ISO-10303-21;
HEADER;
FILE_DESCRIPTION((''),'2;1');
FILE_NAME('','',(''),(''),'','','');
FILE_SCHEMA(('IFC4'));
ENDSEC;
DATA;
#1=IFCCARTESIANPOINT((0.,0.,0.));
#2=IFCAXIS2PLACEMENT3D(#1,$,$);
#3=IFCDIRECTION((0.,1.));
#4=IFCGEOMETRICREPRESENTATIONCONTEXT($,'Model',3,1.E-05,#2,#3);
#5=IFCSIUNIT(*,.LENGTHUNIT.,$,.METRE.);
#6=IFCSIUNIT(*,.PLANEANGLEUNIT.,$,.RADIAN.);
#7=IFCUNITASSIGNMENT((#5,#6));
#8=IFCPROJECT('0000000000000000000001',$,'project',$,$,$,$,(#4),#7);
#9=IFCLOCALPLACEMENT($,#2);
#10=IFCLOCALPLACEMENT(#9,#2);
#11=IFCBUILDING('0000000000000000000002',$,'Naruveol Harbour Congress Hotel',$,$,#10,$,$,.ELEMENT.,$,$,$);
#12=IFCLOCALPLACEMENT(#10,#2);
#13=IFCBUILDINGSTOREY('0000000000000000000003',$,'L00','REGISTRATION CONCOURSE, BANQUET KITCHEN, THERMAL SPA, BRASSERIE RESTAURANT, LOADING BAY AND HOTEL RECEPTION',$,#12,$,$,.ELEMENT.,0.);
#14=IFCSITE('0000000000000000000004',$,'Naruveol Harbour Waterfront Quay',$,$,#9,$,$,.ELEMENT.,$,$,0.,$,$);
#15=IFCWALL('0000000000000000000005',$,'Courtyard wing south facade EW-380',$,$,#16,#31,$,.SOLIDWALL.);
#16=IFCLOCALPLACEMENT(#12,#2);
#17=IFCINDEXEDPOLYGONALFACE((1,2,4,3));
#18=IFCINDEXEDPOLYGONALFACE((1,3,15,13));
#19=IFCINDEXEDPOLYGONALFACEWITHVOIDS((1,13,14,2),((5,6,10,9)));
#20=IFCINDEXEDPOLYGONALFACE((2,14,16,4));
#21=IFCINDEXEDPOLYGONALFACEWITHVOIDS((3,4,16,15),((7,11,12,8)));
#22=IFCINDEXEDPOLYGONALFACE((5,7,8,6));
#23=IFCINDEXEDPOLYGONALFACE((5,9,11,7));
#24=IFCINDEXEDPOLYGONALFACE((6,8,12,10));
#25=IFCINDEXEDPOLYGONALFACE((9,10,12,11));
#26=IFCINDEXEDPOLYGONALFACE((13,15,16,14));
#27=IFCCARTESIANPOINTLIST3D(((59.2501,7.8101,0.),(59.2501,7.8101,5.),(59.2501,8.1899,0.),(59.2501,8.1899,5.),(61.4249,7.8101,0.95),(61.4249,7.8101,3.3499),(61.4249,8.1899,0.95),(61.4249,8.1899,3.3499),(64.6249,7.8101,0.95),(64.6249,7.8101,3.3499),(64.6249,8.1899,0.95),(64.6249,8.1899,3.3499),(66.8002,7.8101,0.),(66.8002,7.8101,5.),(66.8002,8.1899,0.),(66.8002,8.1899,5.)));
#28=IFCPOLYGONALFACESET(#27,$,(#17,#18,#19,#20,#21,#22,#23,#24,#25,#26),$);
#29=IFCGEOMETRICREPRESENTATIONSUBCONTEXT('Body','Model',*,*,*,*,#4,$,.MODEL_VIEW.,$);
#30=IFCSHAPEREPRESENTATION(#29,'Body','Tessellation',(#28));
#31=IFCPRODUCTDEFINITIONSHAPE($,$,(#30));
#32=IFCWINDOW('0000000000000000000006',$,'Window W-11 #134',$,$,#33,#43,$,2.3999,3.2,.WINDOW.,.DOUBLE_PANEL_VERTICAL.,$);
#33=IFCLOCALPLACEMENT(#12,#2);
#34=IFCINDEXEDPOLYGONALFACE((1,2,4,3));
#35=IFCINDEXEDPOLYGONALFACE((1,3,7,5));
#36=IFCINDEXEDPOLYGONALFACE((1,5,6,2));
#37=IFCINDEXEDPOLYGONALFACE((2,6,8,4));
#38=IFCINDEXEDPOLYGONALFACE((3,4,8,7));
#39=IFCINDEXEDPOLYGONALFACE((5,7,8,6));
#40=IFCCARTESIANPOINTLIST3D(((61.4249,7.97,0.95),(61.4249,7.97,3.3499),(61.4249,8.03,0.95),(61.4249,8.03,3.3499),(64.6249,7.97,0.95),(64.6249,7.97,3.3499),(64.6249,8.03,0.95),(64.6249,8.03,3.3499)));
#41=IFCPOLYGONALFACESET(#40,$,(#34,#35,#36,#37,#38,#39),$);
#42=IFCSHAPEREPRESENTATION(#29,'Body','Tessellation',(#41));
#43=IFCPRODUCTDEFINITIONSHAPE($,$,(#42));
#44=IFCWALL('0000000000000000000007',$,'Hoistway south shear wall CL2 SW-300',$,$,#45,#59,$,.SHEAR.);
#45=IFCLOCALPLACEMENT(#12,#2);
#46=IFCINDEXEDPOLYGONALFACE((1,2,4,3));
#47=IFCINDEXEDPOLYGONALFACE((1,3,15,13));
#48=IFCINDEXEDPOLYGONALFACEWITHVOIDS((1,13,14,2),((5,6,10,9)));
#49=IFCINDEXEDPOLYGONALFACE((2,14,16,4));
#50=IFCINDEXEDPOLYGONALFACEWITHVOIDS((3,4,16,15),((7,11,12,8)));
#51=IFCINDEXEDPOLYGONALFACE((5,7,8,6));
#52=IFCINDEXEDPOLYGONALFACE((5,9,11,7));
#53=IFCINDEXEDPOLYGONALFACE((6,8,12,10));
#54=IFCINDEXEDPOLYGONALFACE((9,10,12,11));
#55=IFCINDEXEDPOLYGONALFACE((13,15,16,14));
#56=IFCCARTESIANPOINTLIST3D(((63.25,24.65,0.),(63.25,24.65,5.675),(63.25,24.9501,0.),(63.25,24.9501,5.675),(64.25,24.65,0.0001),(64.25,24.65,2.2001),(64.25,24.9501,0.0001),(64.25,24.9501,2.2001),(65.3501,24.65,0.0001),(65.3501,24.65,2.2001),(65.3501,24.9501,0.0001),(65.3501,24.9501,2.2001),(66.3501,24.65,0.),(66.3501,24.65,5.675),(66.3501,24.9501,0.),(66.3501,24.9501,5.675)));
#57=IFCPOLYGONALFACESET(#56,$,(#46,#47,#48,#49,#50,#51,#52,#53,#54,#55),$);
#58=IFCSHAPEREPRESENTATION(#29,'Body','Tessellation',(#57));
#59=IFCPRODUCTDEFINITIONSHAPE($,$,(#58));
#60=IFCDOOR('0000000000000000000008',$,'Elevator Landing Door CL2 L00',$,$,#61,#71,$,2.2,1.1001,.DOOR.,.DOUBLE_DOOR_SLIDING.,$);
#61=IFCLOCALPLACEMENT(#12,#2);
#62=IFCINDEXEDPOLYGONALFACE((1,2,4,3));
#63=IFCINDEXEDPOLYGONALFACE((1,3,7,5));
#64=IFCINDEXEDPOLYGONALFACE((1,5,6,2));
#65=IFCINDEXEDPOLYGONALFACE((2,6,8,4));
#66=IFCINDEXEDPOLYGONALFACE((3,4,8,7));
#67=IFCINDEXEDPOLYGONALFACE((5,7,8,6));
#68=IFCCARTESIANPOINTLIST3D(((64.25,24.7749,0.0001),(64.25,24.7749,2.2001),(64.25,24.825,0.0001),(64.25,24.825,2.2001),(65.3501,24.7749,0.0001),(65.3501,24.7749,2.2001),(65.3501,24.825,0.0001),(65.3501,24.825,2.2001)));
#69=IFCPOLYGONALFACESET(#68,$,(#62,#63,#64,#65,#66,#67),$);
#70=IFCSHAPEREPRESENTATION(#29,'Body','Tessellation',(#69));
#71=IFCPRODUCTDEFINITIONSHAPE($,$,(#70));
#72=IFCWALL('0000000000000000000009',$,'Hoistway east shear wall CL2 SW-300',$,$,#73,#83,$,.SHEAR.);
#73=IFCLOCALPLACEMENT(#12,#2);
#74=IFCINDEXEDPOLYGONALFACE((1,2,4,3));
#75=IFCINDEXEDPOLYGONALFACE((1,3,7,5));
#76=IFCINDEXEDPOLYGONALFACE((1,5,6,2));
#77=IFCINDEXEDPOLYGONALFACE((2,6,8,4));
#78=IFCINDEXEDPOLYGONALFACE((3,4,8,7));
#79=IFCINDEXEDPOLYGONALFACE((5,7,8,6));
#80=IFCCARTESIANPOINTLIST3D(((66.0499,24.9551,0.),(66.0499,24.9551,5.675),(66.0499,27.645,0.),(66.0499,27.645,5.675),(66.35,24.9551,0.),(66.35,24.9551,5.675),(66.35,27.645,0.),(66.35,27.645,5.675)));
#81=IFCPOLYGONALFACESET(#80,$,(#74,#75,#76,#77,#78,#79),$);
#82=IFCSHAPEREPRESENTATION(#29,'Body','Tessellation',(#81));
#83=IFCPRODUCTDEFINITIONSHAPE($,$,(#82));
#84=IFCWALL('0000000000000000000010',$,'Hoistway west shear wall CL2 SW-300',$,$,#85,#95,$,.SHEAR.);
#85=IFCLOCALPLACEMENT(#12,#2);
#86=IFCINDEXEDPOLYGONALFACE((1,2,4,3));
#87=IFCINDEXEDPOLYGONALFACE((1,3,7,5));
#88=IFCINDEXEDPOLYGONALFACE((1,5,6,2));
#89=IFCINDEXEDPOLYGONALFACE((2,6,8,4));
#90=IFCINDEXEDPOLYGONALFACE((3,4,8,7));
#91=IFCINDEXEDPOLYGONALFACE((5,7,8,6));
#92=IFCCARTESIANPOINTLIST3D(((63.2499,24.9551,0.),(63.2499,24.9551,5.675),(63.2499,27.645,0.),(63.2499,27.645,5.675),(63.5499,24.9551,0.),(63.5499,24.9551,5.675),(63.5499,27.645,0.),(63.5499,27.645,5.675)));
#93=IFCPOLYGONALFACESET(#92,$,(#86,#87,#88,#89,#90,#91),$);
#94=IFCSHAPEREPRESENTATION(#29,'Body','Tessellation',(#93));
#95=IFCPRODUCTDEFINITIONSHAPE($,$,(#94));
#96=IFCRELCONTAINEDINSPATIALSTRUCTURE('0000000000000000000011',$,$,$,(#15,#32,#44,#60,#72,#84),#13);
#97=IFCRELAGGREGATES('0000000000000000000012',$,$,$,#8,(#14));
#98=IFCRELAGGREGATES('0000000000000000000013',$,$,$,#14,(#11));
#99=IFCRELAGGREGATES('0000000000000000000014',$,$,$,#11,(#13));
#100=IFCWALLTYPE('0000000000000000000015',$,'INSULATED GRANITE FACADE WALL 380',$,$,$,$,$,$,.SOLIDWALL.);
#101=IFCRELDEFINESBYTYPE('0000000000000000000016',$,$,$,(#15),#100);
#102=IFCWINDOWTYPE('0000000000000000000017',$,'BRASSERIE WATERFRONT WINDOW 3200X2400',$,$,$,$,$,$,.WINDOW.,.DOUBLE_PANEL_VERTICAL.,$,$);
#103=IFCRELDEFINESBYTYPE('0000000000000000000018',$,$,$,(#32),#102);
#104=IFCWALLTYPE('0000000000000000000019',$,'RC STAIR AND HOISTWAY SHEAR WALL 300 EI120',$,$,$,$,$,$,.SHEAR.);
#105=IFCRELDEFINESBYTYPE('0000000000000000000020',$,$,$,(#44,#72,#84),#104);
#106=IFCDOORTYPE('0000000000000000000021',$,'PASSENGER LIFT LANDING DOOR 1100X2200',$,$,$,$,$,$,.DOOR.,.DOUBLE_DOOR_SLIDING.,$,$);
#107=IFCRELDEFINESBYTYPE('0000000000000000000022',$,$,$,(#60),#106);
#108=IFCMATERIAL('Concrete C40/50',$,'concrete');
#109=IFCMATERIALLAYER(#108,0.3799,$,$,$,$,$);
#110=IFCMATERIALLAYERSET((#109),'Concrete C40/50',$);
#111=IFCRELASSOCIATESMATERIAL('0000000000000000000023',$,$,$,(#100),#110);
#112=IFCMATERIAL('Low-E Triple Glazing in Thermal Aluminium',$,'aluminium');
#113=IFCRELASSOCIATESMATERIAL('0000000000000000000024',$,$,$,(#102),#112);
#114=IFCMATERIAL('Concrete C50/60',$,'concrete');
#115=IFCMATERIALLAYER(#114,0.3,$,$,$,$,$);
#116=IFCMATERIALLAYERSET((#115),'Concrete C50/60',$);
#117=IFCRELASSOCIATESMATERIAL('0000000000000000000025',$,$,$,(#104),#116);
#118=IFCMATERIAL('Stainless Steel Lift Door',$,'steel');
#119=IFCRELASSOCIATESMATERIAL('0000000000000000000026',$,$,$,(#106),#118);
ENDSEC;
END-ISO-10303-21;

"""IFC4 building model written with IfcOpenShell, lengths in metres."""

from ifc_helpers import new_model, si_unit, direction, frame, frame_2d, origin, place, context, subcontext, project, spatial, rectangle, extrude, material, layer, layer_set, type_object, element, fill, save


model = new_model("IFC4")

# Units and contexts
model_context = context("Model", 3, precision=1e-05, world=origin(), true_north=direction((0.0, 1.0)))
body_context = subcontext(model_context, "Body", "Model", "MODEL_VIEW")
ifc_project = project(units=[si_unit("LENGTHUNIT", "METRE"), si_unit("PLANEANGLEUNIT", "RADIAN")], contexts=[model_context])

# Site, building, storey
site_placement = place(None, origin())
site = spatial("IfcSite", under=ifc_project, at=site_placement, Name="Naruveol Harbour Waterfront Quay", CompositionType="ELEMENT", RefElevation=0.0)
building_placement = place(site_placement, origin())
building = spatial("IfcBuilding", under=site, at=building_placement, Name="Naruveol Harbour Congress Hotel", CompositionType="ELEMENT")
storey_placement = place(building_placement, origin())
storey = spatial("IfcBuildingStorey", under=building, at=storey_placement, Name="L00", Description="REGISTRATION CONCOURSE, BANQUET KITCHEN, THERMAL SPA, BRASSERIE RESTAURANT, LOADING BAY AND HOTEL RECEPTION", CompositionType="ELEMENT", Elevation=0.0)

# Shared definitions
ifc_material_1 = material(Name="Concrete C40/50", Category="concrete")
ifc_layer_1 = layer(ifc_material_1, 0.3799)
ifc_layer_set_1 = layer_set([ifc_layer_1], Name="Concrete C40/50")
wall_type_1 = type_object("IfcWallType", Name="INSULATED GRANITE FACADE WALL 380", PredefinedType="SOLIDWALL", material=ifc_layer_set_1)

# Wall, opening, window
wall_1_placement = place(storey_placement, frame((66.8, 8.0, 0.0), z_axis=(0.0, 0.0, 1.0), x_axis=(-1.0, 0.0, 0.0)))
wall_1 = element("IfcWall", 1, at=wall_1_placement, inside=storey, type_object=wall_type_1, Name="Courtyard wing south facade EW-380", PredefinedType="SOLIDWALL", context=body_context, shape_type="SweptSolid", body=[
    extrude(rectangle(XDim=7.55, YDim=0.3799, at=frame_2d((3.7749, 0.0))), origin(), (0.0, 0.0, 1.0), 5.0),
])
opening_1_placement = place(wall_1_placement, frame((2.175, 0.0, 0.95)))
opening_1 = element("IfcOpeningElement", 2, at=opening_1_placement, cuts=wall_1, PredefinedType="OPENING", context=body_context, shape_type="SweptSolid", body=[
    extrude(rectangle(XDim=3.2, YDim=2.3999, at=frame_2d((1.6001, 1.2))), frame((0.0, 0.2, 0.0), z_axis=(0.0, -1.0, 0.0), x_axis=(1.0, 0.0, 0.0)), (0.0, 0.0, 1.0), 0.3999),
])
ifc_material_2 = material(Name="Low-E Triple Glazing in Thermal Aluminium", Category="aluminium")
window_type = type_object("IfcWindowType", Name="BRASSERIE WATERFRONT WINDOW 3200X2400", PartitioningType="DOUBLE_PANEL_VERTICAL", PredefinedType="WINDOW", material=ifc_material_2)
window_placement = place(opening_1_placement, origin())
window = element("IfcWindow", 3, at=window_placement, inside=storey, type_object=window_type, Name="Window W-11 #134", OverallHeight=2.3999, OverallWidth=3.2, PartitioningType="DOUBLE_PANEL_VERTICAL", PredefinedType="WINDOW", context=body_context, shape_type="SweptSolid", body=[
    extrude(rectangle(XDim=3.2, YDim=2.3999, at=frame_2d((1.6001, 1.2))), frame((0.0, 0.03, 0.0), z_axis=(0.0, -1.0, 0.0), x_axis=(1.0, 0.0, 0.0)), (0.0, 0.0, 1.0), 0.0601),
])
fill(opening_1, window)

# Wall, opening, door
ifc_material_3 = material(Name="Concrete C50/60", Category="concrete")
ifc_layer_2 = layer(ifc_material_3, 0.3)
ifc_layer_set_2 = layer_set([ifc_layer_2], Name="Concrete C50/60")
wall_type_2 = type_object("IfcWallType", Name="RC STAIR AND HOISTWAY SHEAR WALL 300 EI120", PredefinedType="SHEAR", material=ifc_layer_set_2)
wall_2_placement = place(storey_placement, frame((63.25, 24.8, 0.0), z_axis=(0.0, 0.0, 1.0), x_axis=(1.0, 0.0, 0.0)))
wall_2 = element("IfcWall", 4, at=wall_2_placement, inside=storey, type_object=wall_type_2, Name="Hoistway south shear wall CL2 SW-300", PredefinedType="SHEAR", context=body_context, shape_type="SweptSolid", body=[
    extrude(rectangle(XDim=3.1001, YDim=0.3, at=frame_2d((1.55, 0.0))), origin(), (0.0, 0.0, 1.0), 5.675),
])
opening_2_placement = place(wall_2_placement, frame((1.0, 0.0, 0.0)))
opening_2 = element("IfcOpeningElement", 5, at=opening_2_placement, cuts=wall_2, PredefinedType="OPENING", context=body_context, shape_type="SweptSolid", body=[
    extrude(rectangle(XDim=1.1001, YDim=2.2, at=frame_2d((0.55, 1.1001))), frame((0.0, 0.1599, 0.0), z_axis=(0.0, -1.0, 0.0), x_axis=(1.0, 0.0, 0.0)), (0.0, 0.0, 1.0), 0.3201),
])
ifc_material_4 = material(Name="Stainless Steel Lift Door", Category="steel")
door_type_1 = type_object("IfcDoorType", Name="PASSENGER LIFT LANDING DOOR 1100X2200", OperationType="DOUBLE_DOOR_SLIDING", PredefinedType="DOOR", material=ifc_material_4)
door_1_placement = place(opening_2_placement, origin())
door_1 = element("IfcDoor", 6, at=door_1_placement, inside=storey, type_object=door_type_1, Name="Elevator Landing Door CL2 L00", OperationType="DOUBLE_DOOR_SLIDING", OverallHeight=2.2, OverallWidth=1.1001, PredefinedType="DOOR", context=body_context, shape_type="SweptSolid", body=[
    extrude(rectangle(XDim=1.1001, YDim=2.2, at=frame_2d((0.55, 1.1001))), frame((0.0, 0.0249, 0.0), z_axis=(0.0, -1.0, 0.0), x_axis=(1.0, 0.0, 0.0)), (0.0, 0.0, 1.0), 0.05),
])
fill(opening_2, door_1)

# Walls
for number, where, z_axis, x_axis, name in (
    (7, (66.2, 24.9551, 0.0), (0.0, 0.0, 1.0), (0.0, 1.0, 0.0), "Hoistway east shear wall CL2 SW-300"),
    (8, (63.3999, 27.645, 0.0), (0.0, 0.0, 1.0), (0.0, -1.0, 0.0), "Hoistway west shear wall CL2 SW-300"),
):
    element("IfcWall", number, at=place(storey_placement, frame(where, z_axis=z_axis, x_axis=x_axis)), inside=storey, type_object=wall_type_2, Name=name, PredefinedType="SHEAR", context=body_context, shape_type="SweptSolid", body=[
        extrude(rectangle(XDim=2.6899, YDim=0.3, at=frame_2d((1.345, 0.0))), origin(), (0.0, 0.0, 1.0), 5.675),
    ])

save(model, "model.ifc")
